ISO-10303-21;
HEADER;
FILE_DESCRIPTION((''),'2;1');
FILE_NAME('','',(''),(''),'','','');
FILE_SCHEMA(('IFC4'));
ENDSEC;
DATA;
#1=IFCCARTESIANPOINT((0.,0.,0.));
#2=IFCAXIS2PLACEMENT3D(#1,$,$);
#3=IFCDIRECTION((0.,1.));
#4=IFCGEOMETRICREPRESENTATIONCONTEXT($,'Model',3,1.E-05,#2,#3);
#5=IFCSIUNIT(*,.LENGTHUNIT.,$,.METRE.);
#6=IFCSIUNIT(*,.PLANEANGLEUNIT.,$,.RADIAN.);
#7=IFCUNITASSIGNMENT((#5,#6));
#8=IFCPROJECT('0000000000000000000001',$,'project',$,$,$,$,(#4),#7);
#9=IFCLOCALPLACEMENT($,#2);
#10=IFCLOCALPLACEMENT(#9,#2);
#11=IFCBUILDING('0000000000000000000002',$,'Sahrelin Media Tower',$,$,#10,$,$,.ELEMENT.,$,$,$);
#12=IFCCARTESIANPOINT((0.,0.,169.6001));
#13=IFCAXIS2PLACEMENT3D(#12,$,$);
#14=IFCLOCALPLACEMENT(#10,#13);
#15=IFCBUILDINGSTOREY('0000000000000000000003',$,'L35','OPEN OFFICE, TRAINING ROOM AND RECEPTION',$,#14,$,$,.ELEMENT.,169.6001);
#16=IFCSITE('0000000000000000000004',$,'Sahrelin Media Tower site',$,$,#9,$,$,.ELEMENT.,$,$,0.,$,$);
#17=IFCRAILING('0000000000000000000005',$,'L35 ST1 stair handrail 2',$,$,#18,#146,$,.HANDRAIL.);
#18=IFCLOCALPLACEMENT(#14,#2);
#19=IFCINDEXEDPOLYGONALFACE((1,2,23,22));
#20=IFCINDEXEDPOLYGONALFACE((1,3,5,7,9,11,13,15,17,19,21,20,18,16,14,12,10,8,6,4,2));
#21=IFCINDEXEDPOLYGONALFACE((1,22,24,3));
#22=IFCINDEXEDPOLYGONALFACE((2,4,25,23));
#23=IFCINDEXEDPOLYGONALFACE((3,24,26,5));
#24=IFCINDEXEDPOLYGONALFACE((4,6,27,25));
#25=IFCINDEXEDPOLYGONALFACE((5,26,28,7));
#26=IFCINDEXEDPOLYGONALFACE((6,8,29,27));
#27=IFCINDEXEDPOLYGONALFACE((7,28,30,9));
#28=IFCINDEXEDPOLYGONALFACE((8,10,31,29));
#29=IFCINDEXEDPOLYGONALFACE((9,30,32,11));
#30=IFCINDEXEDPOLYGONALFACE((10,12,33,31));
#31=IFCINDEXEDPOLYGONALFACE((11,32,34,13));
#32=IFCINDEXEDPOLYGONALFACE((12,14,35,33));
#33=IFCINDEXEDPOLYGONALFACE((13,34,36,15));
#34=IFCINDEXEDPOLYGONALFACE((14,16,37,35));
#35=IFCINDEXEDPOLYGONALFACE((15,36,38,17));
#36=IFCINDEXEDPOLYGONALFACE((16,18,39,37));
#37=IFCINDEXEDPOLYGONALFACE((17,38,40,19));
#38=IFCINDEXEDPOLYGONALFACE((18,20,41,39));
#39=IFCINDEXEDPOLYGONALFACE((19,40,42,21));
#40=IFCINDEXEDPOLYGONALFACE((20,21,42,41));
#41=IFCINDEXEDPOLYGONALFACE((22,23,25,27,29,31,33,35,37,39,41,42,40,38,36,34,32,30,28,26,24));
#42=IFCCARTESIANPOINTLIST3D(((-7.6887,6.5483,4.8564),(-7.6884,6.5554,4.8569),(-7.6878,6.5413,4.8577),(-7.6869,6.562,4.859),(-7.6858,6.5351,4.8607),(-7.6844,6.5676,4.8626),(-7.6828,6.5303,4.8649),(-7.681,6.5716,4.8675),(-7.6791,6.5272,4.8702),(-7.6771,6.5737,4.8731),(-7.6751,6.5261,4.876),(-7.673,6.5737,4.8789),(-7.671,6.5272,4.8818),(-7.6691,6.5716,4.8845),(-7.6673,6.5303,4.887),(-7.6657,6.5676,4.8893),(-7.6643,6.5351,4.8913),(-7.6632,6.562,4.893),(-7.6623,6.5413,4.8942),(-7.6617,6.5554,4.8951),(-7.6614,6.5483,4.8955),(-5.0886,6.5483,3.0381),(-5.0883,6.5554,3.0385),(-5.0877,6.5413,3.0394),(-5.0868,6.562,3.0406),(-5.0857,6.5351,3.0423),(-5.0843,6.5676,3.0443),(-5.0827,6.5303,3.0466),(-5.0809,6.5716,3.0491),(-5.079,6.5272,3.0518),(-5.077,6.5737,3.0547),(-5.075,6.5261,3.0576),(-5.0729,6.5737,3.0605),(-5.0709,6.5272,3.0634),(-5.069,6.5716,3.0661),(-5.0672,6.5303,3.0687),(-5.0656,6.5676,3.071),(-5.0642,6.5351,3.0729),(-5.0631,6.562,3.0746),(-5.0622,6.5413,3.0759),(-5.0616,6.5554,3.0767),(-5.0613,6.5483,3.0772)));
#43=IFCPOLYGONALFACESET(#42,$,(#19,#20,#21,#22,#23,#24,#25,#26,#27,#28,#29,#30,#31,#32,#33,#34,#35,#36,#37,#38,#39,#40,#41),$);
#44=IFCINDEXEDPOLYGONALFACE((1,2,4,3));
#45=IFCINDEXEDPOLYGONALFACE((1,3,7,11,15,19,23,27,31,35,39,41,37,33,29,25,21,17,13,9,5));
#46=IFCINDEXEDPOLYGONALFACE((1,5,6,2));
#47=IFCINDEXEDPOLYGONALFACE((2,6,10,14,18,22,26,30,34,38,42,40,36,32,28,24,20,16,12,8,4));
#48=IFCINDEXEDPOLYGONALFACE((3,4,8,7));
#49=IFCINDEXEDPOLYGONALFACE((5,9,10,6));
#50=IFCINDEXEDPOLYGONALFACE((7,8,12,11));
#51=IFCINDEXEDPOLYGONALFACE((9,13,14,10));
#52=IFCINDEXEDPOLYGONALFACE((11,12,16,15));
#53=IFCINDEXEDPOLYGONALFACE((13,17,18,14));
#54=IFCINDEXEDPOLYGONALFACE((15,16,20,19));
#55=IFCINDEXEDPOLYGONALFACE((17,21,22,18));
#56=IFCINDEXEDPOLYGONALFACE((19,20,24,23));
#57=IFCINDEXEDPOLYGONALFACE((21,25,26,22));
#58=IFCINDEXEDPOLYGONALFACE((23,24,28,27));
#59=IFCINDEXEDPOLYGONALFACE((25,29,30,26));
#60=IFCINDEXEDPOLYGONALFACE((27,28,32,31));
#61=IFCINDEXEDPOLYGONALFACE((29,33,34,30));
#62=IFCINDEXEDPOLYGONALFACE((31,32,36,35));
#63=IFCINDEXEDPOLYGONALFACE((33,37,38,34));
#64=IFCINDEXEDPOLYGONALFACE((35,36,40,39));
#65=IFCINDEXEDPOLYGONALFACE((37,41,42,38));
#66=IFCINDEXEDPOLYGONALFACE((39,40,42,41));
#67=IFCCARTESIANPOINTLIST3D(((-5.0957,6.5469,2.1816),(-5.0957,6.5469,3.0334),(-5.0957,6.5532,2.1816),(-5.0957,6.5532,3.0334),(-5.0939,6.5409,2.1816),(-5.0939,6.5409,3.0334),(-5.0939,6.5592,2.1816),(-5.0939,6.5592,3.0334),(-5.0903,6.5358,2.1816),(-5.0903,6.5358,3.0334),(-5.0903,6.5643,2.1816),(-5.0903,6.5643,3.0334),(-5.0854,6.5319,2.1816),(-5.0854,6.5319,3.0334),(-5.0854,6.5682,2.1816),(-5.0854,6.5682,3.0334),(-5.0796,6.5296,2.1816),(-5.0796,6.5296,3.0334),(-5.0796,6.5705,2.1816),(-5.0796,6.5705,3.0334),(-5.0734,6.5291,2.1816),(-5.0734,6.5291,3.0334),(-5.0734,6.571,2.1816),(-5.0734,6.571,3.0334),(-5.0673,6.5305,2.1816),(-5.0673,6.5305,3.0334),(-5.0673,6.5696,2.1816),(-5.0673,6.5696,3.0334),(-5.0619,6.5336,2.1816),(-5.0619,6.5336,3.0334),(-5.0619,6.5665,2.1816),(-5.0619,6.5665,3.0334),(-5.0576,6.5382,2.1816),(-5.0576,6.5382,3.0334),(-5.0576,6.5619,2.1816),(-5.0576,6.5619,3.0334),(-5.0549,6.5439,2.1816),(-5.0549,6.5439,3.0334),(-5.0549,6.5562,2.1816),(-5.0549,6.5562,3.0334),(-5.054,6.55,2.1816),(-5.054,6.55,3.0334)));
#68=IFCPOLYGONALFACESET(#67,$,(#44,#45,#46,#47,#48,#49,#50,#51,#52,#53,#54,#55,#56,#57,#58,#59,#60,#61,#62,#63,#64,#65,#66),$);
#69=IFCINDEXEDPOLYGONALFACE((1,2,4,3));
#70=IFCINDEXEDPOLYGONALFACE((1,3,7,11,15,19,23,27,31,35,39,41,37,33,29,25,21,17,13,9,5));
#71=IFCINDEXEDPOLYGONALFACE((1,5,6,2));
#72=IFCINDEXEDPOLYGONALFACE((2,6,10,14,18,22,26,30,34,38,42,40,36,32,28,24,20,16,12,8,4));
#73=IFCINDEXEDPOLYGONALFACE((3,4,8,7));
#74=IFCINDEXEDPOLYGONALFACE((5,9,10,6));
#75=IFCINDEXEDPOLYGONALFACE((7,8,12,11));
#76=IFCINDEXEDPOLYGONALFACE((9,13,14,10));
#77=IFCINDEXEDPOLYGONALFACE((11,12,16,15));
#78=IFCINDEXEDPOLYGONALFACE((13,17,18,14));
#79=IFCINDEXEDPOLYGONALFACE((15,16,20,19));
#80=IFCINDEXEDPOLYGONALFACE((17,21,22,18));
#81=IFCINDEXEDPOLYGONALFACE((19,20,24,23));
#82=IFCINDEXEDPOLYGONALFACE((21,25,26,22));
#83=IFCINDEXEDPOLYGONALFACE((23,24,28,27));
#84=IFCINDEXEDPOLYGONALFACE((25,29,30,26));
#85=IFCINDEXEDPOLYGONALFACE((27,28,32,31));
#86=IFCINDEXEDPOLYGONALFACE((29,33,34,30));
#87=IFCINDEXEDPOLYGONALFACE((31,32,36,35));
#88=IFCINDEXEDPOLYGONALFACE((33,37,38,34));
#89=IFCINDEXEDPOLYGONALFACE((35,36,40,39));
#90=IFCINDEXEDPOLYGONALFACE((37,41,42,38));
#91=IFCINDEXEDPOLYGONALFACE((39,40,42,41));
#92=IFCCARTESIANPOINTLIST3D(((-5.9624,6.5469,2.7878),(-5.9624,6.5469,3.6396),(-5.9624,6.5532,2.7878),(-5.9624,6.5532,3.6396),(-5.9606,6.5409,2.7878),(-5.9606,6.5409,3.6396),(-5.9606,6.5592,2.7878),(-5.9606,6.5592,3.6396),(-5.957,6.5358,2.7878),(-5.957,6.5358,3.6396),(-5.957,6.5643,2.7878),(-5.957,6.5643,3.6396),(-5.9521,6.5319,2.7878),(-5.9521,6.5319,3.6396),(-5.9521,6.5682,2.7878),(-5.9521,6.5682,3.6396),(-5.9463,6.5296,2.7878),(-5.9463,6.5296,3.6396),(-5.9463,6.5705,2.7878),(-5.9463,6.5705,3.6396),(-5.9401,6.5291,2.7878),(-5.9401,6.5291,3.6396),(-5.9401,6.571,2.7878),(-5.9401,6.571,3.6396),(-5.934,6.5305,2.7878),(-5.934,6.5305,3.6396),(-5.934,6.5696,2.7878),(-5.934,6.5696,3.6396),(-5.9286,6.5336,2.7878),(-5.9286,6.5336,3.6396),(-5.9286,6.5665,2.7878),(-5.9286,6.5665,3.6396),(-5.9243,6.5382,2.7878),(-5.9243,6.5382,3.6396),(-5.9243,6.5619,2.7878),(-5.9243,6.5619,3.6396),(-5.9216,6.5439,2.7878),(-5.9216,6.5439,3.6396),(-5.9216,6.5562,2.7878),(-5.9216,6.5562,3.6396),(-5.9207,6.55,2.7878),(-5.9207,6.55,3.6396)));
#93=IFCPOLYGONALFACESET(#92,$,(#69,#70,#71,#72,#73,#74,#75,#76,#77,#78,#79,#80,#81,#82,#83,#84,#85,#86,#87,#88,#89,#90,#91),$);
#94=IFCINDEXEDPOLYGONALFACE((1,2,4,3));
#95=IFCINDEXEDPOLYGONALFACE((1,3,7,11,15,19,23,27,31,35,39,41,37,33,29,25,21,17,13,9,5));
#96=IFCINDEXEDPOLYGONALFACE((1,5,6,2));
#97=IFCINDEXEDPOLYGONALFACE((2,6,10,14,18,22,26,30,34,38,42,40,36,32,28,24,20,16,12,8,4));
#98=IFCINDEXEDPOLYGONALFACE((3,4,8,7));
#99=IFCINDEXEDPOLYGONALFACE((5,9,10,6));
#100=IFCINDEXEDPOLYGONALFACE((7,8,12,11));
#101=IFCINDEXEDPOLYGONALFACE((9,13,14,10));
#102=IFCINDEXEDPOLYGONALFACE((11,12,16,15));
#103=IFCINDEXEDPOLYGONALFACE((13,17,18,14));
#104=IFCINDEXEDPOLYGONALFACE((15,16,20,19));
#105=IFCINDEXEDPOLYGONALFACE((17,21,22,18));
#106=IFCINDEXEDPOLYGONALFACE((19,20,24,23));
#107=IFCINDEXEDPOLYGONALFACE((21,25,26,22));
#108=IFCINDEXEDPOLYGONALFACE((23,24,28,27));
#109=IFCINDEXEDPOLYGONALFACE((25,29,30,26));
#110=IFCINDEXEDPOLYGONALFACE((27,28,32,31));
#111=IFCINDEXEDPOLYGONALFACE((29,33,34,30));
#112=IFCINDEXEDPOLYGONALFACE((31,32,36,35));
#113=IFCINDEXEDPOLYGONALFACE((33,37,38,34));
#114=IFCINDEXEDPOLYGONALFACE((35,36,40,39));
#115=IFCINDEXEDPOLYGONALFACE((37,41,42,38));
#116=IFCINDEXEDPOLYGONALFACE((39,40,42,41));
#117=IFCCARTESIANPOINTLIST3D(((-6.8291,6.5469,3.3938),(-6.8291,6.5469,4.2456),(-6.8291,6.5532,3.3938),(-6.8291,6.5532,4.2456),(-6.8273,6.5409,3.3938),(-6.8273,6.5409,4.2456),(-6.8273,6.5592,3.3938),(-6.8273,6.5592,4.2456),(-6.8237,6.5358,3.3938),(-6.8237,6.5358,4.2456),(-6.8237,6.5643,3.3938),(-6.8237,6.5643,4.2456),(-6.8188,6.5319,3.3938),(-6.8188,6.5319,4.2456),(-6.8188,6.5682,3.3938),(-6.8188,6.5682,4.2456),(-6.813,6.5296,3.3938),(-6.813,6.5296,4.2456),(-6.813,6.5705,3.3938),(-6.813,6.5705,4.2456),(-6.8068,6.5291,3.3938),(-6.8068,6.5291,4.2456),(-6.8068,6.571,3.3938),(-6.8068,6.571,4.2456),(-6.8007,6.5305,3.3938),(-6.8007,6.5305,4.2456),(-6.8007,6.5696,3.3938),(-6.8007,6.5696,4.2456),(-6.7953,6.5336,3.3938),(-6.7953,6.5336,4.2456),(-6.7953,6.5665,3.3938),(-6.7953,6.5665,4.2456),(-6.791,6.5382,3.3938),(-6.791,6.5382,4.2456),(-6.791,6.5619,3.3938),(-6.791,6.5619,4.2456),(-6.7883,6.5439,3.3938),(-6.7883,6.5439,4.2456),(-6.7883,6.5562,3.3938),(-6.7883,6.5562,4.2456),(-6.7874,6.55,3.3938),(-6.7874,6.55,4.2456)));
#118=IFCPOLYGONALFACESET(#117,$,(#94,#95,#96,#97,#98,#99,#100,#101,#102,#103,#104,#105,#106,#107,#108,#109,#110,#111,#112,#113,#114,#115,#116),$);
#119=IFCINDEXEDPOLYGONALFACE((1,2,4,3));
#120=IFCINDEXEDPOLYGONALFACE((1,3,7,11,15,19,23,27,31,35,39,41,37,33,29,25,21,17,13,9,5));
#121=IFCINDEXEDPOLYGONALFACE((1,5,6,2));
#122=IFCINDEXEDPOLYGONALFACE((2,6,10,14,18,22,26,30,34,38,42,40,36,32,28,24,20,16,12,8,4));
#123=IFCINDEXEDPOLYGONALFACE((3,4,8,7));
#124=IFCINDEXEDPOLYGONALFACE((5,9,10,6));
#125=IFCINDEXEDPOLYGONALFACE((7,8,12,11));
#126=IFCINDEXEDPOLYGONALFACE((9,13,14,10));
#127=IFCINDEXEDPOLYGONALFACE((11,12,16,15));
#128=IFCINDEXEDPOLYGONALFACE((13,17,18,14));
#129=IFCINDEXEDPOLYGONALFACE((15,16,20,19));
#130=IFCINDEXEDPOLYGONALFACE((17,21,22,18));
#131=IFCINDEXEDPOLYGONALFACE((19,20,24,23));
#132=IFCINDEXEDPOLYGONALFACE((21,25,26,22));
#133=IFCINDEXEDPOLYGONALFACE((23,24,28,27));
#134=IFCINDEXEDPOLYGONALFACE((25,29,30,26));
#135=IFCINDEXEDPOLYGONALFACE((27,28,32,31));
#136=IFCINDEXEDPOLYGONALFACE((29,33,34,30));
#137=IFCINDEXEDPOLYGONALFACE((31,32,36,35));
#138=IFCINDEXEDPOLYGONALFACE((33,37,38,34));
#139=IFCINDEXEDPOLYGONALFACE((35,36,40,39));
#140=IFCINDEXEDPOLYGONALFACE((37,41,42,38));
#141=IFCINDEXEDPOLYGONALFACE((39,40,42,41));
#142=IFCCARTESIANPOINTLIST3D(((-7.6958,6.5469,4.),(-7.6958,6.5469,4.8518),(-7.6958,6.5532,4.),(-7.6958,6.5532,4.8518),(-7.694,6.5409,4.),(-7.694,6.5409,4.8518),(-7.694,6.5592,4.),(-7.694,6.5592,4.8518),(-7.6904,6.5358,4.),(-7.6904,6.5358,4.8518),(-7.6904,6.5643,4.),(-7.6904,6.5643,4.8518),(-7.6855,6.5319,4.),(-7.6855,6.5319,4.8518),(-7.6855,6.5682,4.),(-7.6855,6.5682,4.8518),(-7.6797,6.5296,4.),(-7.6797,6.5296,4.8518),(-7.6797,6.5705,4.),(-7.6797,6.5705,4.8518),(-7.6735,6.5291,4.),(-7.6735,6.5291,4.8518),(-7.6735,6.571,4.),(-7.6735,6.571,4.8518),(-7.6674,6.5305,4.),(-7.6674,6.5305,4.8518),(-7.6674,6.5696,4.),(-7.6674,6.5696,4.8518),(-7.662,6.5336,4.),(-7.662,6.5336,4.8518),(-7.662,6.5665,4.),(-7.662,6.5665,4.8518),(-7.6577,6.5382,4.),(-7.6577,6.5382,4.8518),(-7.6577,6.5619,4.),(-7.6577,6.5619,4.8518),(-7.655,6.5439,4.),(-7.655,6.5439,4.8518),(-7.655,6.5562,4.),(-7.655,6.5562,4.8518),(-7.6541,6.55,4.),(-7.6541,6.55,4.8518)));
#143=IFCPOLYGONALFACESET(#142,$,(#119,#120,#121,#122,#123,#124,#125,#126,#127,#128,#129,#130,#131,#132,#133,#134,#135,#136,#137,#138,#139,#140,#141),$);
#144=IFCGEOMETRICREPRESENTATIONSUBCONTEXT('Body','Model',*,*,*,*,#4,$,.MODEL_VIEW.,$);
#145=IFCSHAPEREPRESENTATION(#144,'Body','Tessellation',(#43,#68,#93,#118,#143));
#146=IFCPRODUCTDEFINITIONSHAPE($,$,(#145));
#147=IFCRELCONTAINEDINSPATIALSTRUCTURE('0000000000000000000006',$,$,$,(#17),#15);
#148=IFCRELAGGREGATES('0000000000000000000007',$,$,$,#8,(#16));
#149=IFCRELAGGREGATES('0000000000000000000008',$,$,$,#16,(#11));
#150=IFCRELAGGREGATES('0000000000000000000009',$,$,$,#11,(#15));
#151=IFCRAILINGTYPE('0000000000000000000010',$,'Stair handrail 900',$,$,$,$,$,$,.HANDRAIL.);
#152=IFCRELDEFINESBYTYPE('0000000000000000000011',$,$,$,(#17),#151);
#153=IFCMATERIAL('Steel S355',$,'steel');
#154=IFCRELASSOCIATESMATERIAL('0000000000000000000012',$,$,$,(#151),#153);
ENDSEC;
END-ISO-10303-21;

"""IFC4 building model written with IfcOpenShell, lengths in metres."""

from ifc_helpers import new_model, si_unit, direction, frame, origin, origin_2d, place, context, subcontext, project, spatial, circle, extrude, material, type_object, element, save


model = new_model("IFC4")

# Units and contexts
model_context = context("Model", 3, precision=1e-05, world=origin(), true_north=direction((0.0, 1.0)))
body_context = subcontext(model_context, "Body", "Model", "MODEL_VIEW")
ifc_project = project(units=[si_unit("LENGTHUNIT", "METRE"), si_unit("PLANEANGLEUNIT", "RADIAN")], contexts=[model_context])

# Site, building, storey
site_placement = place(None, origin())
site = spatial("IfcSite", under=ifc_project, at=site_placement, Name="Sahrelin Media Tower site", CompositionType="ELEMENT", RefElevation=0.0)
building_placement = place(site_placement, origin())
building = spatial("IfcBuilding", under=site, at=building_placement, Name="Sahrelin Media Tower", CompositionType="ELEMENT")
storey_placement = place(building_placement, frame((0.0, 0.0, 169.6001)))
storey = spatial("IfcBuildingStorey", under=building, at=storey_placement, Name="L35", Description="OPEN OFFICE, TRAINING ROOM AND RECEPTION", CompositionType="ELEMENT", Elevation=169.6001)

# Railing
ifc_material_1 = material(Name="Steel S355", Category="steel")
railing_type_1 = type_object("IfcRailingType", Name="Stair handrail 900", PredefinedType="HANDRAIL", material=ifc_material_1)
railing_1_placement = place(storey_placement, frame((-5.075, 6.55, 2.1816)))
element("IfcRailing", 1, at=railing_1_placement, inside=storey, type_object=railing_type_1, Name="L35 ST1 stair handrail 2", PredefinedType="HANDRAIL", context=body_context, shape_type="SweptSolid", body=[
    extrude(circle(Radius=0.0239, at=origin_2d()), frame((0.0, 0.0, 0.876), z_axis=(-0.819485, 0.0, 0.573101), x_axis=(0.0, -1.0, 0.0)), (0.0, 0.0, 1.0), 3.1729),
    extrude(circle(Radius=0.021, at=origin_2d()), origin(), (0.0, 0.0, 1.0), 0.8518),
    extrude(circle(Radius=0.021, at=origin_2d()), frame((-0.8667, 0.0, 0.6062)), (0.0, 0.0, 1.0), 0.8518),
    extrude(circle(Radius=0.021, at=origin_2d()), frame((-1.7334, 0.0, 1.2122)), (0.0, 0.0, 1.0), 0.8518),
    extrude(circle(Radius=0.021, at=origin_2d()), frame((-2.6001, 0.0, 1.8184)), (0.0, 0.0, 1.0), 0.8518),
])

save(model, "model.ifc")
